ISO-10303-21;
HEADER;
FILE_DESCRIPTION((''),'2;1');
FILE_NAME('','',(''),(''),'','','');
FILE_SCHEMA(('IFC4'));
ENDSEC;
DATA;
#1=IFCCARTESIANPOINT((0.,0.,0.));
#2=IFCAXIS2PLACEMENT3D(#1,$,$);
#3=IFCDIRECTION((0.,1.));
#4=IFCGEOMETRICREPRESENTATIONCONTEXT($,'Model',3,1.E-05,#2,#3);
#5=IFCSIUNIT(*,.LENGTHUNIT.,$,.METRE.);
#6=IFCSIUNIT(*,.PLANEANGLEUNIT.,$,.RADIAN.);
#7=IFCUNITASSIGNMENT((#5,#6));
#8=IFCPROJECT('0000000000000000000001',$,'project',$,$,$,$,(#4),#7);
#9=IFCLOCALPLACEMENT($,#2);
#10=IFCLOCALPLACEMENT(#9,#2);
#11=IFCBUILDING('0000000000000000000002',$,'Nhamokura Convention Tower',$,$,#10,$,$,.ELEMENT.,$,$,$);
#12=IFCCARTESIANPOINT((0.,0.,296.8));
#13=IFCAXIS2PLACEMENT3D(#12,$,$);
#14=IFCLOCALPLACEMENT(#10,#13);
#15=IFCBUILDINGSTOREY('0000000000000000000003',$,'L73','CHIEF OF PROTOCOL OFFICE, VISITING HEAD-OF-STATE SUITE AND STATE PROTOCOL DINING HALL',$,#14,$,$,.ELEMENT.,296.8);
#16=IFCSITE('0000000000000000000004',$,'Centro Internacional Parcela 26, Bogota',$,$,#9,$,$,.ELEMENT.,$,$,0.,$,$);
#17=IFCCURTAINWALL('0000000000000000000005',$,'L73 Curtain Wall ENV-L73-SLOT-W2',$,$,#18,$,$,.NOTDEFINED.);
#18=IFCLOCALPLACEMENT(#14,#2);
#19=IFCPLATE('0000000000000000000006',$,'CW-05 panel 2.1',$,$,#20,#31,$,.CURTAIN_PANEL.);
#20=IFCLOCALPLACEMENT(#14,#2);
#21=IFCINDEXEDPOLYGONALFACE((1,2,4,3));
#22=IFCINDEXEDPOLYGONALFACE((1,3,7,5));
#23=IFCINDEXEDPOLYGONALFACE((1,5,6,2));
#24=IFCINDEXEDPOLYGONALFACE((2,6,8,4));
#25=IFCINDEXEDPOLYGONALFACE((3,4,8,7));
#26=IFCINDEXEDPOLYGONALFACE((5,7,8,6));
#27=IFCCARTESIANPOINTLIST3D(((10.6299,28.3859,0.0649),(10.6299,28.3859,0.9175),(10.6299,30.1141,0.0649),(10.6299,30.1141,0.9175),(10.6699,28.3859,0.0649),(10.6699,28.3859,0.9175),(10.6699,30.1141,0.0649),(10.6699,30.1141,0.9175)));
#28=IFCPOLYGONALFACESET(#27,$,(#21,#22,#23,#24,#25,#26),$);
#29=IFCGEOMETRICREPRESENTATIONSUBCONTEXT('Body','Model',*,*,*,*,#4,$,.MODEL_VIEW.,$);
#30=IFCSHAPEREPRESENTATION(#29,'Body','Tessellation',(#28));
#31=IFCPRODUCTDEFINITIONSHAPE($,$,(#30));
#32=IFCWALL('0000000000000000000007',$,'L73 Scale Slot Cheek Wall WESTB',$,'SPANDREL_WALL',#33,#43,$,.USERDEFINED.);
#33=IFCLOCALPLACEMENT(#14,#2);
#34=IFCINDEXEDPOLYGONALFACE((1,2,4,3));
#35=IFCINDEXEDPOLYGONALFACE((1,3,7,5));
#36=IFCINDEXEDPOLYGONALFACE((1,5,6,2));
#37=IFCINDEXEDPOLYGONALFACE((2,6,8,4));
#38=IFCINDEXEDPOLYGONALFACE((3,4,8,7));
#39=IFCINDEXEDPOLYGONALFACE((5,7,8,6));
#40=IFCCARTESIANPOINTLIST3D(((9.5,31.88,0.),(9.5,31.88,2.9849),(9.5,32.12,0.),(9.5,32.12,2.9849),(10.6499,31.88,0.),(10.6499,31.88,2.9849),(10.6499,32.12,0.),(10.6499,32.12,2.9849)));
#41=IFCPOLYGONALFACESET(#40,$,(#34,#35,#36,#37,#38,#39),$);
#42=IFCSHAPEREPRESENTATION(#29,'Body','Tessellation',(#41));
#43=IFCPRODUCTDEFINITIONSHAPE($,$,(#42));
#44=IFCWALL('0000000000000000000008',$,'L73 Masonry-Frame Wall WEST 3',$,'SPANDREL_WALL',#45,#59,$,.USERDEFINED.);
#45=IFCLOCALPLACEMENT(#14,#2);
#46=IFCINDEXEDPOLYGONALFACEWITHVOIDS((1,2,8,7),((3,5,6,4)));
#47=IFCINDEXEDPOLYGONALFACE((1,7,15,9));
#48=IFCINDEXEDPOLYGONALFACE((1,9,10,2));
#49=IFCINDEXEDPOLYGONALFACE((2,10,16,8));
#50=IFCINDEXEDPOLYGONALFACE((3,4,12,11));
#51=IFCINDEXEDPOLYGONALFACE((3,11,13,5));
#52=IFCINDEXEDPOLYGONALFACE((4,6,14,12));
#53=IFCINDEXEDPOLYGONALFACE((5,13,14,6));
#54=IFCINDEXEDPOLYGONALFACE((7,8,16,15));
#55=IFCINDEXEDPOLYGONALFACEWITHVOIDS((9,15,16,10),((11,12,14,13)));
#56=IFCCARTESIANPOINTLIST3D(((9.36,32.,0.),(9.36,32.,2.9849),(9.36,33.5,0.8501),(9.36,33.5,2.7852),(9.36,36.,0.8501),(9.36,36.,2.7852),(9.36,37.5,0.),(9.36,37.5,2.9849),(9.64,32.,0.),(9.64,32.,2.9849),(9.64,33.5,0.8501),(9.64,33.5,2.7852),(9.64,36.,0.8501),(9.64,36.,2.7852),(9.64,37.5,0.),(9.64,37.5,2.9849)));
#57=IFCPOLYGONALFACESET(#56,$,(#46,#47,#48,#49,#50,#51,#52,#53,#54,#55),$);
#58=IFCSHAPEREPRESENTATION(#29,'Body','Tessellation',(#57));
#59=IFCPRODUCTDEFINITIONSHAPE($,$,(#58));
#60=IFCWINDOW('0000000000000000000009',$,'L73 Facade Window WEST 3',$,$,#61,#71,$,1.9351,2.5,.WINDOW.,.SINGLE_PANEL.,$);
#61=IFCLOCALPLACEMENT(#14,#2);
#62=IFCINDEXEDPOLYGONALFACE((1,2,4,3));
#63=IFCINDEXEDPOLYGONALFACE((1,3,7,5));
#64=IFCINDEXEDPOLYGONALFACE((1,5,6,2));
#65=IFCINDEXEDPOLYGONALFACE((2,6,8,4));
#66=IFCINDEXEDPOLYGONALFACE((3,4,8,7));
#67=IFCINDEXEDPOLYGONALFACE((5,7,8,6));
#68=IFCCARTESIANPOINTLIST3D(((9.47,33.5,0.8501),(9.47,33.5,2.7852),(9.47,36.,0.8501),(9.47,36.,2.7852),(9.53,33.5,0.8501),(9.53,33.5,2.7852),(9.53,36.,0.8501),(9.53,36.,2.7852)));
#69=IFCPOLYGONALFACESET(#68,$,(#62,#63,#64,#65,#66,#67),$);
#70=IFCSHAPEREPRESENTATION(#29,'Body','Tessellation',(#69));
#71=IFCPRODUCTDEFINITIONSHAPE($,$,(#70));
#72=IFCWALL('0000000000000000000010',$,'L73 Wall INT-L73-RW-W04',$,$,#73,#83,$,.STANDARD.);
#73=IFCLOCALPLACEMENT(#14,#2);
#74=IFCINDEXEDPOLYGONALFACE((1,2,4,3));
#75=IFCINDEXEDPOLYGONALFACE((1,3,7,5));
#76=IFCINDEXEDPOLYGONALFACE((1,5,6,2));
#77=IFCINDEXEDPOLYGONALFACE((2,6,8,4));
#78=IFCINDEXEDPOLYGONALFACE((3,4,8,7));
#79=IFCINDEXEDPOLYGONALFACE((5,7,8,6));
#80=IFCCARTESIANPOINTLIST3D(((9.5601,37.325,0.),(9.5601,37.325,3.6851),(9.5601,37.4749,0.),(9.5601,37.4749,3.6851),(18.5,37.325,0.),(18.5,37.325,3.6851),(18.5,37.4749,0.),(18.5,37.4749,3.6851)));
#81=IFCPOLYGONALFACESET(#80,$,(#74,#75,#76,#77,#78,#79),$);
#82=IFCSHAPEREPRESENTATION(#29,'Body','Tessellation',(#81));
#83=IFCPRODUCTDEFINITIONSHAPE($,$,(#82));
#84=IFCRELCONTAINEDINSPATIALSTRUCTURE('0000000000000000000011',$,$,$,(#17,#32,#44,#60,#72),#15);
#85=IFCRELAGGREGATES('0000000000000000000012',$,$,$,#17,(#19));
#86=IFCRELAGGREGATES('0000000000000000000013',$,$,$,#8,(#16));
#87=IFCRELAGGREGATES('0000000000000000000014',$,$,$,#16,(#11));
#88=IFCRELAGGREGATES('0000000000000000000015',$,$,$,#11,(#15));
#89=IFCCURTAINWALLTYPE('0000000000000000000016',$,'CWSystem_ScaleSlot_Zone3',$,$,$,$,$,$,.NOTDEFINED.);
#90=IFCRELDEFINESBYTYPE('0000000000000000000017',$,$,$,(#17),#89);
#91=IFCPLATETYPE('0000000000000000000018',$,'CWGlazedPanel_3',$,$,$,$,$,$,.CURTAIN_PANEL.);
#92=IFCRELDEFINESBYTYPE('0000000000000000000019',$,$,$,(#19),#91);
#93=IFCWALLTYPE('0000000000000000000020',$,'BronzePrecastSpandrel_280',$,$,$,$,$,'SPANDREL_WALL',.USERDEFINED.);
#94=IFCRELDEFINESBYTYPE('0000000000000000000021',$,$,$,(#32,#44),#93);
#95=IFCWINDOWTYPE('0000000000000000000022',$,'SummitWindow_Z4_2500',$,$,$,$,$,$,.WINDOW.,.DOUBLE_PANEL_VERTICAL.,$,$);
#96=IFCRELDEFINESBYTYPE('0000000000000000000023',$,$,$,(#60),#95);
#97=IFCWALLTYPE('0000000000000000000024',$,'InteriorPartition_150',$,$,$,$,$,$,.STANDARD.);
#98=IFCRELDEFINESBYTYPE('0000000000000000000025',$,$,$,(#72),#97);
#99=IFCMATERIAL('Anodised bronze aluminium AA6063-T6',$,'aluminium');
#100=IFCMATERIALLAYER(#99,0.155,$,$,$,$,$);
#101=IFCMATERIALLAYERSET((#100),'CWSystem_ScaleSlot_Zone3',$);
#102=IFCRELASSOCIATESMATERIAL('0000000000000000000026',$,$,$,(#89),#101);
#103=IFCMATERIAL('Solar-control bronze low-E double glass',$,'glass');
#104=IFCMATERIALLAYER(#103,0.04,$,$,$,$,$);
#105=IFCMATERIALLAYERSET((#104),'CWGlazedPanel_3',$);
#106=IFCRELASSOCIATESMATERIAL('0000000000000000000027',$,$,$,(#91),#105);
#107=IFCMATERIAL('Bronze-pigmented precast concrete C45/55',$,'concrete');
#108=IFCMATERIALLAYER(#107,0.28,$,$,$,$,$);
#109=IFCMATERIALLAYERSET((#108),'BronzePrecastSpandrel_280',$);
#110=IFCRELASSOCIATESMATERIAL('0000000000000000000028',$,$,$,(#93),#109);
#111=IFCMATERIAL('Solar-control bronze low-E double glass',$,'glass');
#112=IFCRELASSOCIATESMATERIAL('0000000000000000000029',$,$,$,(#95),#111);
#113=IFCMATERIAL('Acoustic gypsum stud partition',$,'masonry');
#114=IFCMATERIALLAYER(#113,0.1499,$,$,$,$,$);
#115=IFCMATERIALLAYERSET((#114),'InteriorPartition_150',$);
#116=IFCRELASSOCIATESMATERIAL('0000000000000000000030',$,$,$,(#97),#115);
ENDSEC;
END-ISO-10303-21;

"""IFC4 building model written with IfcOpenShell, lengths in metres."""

from ifc_helpers import new_model, si_unit, direction, frame, frame_2d, origin, origin_2d, place, context, subcontext, project, spatial, rectangle, extrude, material, layer, layer_set, type_object, element, fill, aggregate, save


model = new_model("IFC4")

# Units and contexts
model_context = context("Model", 3, precision=1e-05, world=origin(), true_north=direction((0.0, 1.0)))
body_context = subcontext(model_context, "Body", "Model", "MODEL_VIEW")
ifc_project = project(units=[si_unit("LENGTHUNIT", "METRE"), si_unit("PLANEANGLEUNIT", "RADIAN")], contexts=[model_context])

# Site, building, storey
site_placement = place(None, origin())
site = spatial("IfcSite", under=ifc_project, at=site_placement, Name="Centro Internacional Parcela 26, Bogota", CompositionType="ELEMENT", RefElevation=0.0)
building_placement = place(site_placement, origin())
building = spatial("IfcBuilding", under=site, at=building_placement, Name="Nhamokura Convention Tower", CompositionType="ELEMENT")
storey_placement = place(building_placement, frame((0.0, 0.0, 296.8)))
storey = spatial("IfcBuildingStorey", under=building, at=storey_placement, Name="L73", Description="CHIEF OF PROTOCOL OFFICE, VISITING HEAD-OF-STATE SUITE AND STATE PROTOCOL DINING HALL", CompositionType="ELEMENT", Elevation=296.8)

# Curtain wall
ifc_material_1 = material(Name="Anodised bronze aluminium AA6063-T6", Category="aluminium")
ifc_layer_1 = layer(ifc_material_1, 0.155)
ifc_layer_set_1 = layer_set([ifc_layer_1], Name="CWSystem_ScaleSlot_Zone3")
curtain_wall_type = type_object("IfcCurtainWallType", Name="CWSystem_ScaleSlot_Zone3", PredefinedType="NOTDEFINED", material=ifc_layer_set_1)
curtain_wall_placement = place(storey_placement, origin())
curtain_wall = element("IfcCurtainWall", 1, at=curtain_wall_placement, inside=storey, type_object=curtain_wall_type, Name="L73 Curtain Wall ENV-L73-SLOT-W2", PredefinedType="NOTDEFINED")

# Plate
ifc_material_2 = material(Name="Solar-control bronze low-E double glass", Category="glass")
ifc_layer_2 = layer(ifc_material_2, 0.04)
ifc_layer_set_2 = layer_set([ifc_layer_2], Name="CWGlazedPanel_3")
plate_type = type_object("IfcPlateType", Name="CWGlazedPanel_3", PredefinedType="CURTAIN_PANEL", material=ifc_layer_set_2)
plate_1_placement = place(storey_placement, frame((10.6499, 29.25, 0.0649), z_axis=(0.0, 0.0, 1.0), x_axis=(0.0, 1.0, 0.0)))
plate_1 = element("IfcPlate", 2, at=plate_1_placement, type_object=plate_type, Name="CW-05 panel 2.1", PredefinedType="CURTAIN_PANEL", context=body_context, shape_type="SweptSolid", body=[
    extrude(rectangle(XDim=1.7283, YDim=0.04, at=origin_2d()), origin(), (0.0, 0.0, 1.0), 0.8525),
])
aggregate(curtain_wall, [plate_1])

# Wall
ifc_material_3 = material(Name="Bronze-pigmented precast concrete C45/55", Category="concrete")
ifc_layer_3 = layer(ifc_material_3, 0.28)
ifc_layer_set_3 = layer_set([ifc_layer_3], Name="BronzePrecastSpandrel_280")
wall_type_1 = type_object("IfcWallType", Name="BronzePrecastSpandrel_280", ElementType="SPANDREL_WALL", PredefinedType="USERDEFINED", material=ifc_layer_set_3)
wall_1_placement = place(storey_placement, frame((9.5, 32.0, 0.0), z_axis=(0.0, 0.0, 1.0), x_axis=(1.0, 0.0, 0.0)))
element("IfcWall", 3, at=wall_1_placement, inside=storey, type_object=wall_type_1, Name="L73 Scale Slot Cheek Wall WESTB", ObjectType="SPANDREL_WALL", PredefinedType="USERDEFINED", context=body_context, shape_type="SweptSolid", body=[
    extrude(rectangle(XDim=1.1499, YDim=0.24, at=frame_2d((0.575, 0.0))), origin(), (0.0, 0.0, 1.0), 2.9849),
])

# Wall, opening, window
wall_2_placement = place(storey_placement, frame((9.5, 32.0, 0.0), z_axis=(0.0, 0.0, 1.0), x_axis=(0.0, 1.0, 0.0)))
wall_2 = element("IfcWall", 4, at=wall_2_placement, inside=storey, type_object=wall_type_1, Name="L73 Masonry-Frame Wall WEST 3", ObjectType="SPANDREL_WALL", PredefinedType="USERDEFINED", context=body_context, shape_type="SweptSolid", body=[
    extrude(rectangle(XDim=5.5, YDim=0.28, at=frame_2d((2.75, 0.0))), origin(), (0.0, 0.0, 1.0), 2.9849),
])
opening_placement = place(wall_2_placement, frame((1.5, 0.0, 0.8501)))
opening = element("IfcOpeningElement", 5, at=opening_placement, cuts=wall_2, PredefinedType="OPENING", context=body_context, shape_type="SweptSolid", body=[
    extrude(rectangle(XDim=2.5, YDim=1.9351, at=frame_2d((1.25, 0.9675))), frame((0.0, 0.1499, 0.0), z_axis=(0.0, -1.0, 0.0), x_axis=(1.0, 0.0, 0.0)), (0.0, 0.0, 1.0), 0.3),
])
ifc_material_4 = material(Name="Solar-control bronze low-E double glass", Category="glass")
window_type = type_object("IfcWindowType", Name="SummitWindow_Z4_2500", PartitioningType="DOUBLE_PANEL_VERTICAL", PredefinedType="WINDOW", material=ifc_material_4)
window_placement = place(opening_placement, origin())
window = element("IfcWindow", 6, at=window_placement, inside=storey, type_object=window_type, Name="L73 Facade Window WEST 3", OverallHeight=1.9351, OverallWidth=2.5, PartitioningType="SINGLE_PANEL", PredefinedType="WINDOW", context=body_context, shape_type="SweptSolid", body=[
    extrude(rectangle(XDim=2.5, YDim=1.9351, at=frame_2d((1.25, 0.9675))), frame((0.0, 0.03, 0.0), z_axis=(0.0, -1.0, 0.0), x_axis=(1.0, 0.0, 0.0)), (0.0, 0.0, 1.0), 0.0601),
])
fill(opening, window)

# Wall
ifc_material_5 = material(Name="Acoustic gypsum stud partition", Category="masonry")
ifc_layer_4 = layer(ifc_material_5, 0.1499)
ifc_layer_set_4 = layer_set([ifc_layer_4], Name="InteriorPartition_150")
wall_type_2 = type_object("IfcWallType", Name="InteriorPartition_150", PredefinedType="STANDARD", material=ifc_layer_set_4)
wall_3_placement = place(storey_placement, frame((9.5601, 37.3999, 0.0), z_axis=(0.0, 0.0, 1.0), x_axis=(1.0, 0.0, 0.0)))
element("IfcWall", 7, at=wall_3_placement, inside=storey, type_object=wall_type_2, Name="L73 Wall INT-L73-RW-W04", PredefinedType="STANDARD", context=body_context, shape_type="SweptSolid", body=[
    extrude(rectangle(XDim=8.9399, YDim=0.1499, at=frame_2d((4.47, 0.0))), origin(), (0.0, 0.0, 1.0), 3.6851),
])

save(model, "model.ifc")
